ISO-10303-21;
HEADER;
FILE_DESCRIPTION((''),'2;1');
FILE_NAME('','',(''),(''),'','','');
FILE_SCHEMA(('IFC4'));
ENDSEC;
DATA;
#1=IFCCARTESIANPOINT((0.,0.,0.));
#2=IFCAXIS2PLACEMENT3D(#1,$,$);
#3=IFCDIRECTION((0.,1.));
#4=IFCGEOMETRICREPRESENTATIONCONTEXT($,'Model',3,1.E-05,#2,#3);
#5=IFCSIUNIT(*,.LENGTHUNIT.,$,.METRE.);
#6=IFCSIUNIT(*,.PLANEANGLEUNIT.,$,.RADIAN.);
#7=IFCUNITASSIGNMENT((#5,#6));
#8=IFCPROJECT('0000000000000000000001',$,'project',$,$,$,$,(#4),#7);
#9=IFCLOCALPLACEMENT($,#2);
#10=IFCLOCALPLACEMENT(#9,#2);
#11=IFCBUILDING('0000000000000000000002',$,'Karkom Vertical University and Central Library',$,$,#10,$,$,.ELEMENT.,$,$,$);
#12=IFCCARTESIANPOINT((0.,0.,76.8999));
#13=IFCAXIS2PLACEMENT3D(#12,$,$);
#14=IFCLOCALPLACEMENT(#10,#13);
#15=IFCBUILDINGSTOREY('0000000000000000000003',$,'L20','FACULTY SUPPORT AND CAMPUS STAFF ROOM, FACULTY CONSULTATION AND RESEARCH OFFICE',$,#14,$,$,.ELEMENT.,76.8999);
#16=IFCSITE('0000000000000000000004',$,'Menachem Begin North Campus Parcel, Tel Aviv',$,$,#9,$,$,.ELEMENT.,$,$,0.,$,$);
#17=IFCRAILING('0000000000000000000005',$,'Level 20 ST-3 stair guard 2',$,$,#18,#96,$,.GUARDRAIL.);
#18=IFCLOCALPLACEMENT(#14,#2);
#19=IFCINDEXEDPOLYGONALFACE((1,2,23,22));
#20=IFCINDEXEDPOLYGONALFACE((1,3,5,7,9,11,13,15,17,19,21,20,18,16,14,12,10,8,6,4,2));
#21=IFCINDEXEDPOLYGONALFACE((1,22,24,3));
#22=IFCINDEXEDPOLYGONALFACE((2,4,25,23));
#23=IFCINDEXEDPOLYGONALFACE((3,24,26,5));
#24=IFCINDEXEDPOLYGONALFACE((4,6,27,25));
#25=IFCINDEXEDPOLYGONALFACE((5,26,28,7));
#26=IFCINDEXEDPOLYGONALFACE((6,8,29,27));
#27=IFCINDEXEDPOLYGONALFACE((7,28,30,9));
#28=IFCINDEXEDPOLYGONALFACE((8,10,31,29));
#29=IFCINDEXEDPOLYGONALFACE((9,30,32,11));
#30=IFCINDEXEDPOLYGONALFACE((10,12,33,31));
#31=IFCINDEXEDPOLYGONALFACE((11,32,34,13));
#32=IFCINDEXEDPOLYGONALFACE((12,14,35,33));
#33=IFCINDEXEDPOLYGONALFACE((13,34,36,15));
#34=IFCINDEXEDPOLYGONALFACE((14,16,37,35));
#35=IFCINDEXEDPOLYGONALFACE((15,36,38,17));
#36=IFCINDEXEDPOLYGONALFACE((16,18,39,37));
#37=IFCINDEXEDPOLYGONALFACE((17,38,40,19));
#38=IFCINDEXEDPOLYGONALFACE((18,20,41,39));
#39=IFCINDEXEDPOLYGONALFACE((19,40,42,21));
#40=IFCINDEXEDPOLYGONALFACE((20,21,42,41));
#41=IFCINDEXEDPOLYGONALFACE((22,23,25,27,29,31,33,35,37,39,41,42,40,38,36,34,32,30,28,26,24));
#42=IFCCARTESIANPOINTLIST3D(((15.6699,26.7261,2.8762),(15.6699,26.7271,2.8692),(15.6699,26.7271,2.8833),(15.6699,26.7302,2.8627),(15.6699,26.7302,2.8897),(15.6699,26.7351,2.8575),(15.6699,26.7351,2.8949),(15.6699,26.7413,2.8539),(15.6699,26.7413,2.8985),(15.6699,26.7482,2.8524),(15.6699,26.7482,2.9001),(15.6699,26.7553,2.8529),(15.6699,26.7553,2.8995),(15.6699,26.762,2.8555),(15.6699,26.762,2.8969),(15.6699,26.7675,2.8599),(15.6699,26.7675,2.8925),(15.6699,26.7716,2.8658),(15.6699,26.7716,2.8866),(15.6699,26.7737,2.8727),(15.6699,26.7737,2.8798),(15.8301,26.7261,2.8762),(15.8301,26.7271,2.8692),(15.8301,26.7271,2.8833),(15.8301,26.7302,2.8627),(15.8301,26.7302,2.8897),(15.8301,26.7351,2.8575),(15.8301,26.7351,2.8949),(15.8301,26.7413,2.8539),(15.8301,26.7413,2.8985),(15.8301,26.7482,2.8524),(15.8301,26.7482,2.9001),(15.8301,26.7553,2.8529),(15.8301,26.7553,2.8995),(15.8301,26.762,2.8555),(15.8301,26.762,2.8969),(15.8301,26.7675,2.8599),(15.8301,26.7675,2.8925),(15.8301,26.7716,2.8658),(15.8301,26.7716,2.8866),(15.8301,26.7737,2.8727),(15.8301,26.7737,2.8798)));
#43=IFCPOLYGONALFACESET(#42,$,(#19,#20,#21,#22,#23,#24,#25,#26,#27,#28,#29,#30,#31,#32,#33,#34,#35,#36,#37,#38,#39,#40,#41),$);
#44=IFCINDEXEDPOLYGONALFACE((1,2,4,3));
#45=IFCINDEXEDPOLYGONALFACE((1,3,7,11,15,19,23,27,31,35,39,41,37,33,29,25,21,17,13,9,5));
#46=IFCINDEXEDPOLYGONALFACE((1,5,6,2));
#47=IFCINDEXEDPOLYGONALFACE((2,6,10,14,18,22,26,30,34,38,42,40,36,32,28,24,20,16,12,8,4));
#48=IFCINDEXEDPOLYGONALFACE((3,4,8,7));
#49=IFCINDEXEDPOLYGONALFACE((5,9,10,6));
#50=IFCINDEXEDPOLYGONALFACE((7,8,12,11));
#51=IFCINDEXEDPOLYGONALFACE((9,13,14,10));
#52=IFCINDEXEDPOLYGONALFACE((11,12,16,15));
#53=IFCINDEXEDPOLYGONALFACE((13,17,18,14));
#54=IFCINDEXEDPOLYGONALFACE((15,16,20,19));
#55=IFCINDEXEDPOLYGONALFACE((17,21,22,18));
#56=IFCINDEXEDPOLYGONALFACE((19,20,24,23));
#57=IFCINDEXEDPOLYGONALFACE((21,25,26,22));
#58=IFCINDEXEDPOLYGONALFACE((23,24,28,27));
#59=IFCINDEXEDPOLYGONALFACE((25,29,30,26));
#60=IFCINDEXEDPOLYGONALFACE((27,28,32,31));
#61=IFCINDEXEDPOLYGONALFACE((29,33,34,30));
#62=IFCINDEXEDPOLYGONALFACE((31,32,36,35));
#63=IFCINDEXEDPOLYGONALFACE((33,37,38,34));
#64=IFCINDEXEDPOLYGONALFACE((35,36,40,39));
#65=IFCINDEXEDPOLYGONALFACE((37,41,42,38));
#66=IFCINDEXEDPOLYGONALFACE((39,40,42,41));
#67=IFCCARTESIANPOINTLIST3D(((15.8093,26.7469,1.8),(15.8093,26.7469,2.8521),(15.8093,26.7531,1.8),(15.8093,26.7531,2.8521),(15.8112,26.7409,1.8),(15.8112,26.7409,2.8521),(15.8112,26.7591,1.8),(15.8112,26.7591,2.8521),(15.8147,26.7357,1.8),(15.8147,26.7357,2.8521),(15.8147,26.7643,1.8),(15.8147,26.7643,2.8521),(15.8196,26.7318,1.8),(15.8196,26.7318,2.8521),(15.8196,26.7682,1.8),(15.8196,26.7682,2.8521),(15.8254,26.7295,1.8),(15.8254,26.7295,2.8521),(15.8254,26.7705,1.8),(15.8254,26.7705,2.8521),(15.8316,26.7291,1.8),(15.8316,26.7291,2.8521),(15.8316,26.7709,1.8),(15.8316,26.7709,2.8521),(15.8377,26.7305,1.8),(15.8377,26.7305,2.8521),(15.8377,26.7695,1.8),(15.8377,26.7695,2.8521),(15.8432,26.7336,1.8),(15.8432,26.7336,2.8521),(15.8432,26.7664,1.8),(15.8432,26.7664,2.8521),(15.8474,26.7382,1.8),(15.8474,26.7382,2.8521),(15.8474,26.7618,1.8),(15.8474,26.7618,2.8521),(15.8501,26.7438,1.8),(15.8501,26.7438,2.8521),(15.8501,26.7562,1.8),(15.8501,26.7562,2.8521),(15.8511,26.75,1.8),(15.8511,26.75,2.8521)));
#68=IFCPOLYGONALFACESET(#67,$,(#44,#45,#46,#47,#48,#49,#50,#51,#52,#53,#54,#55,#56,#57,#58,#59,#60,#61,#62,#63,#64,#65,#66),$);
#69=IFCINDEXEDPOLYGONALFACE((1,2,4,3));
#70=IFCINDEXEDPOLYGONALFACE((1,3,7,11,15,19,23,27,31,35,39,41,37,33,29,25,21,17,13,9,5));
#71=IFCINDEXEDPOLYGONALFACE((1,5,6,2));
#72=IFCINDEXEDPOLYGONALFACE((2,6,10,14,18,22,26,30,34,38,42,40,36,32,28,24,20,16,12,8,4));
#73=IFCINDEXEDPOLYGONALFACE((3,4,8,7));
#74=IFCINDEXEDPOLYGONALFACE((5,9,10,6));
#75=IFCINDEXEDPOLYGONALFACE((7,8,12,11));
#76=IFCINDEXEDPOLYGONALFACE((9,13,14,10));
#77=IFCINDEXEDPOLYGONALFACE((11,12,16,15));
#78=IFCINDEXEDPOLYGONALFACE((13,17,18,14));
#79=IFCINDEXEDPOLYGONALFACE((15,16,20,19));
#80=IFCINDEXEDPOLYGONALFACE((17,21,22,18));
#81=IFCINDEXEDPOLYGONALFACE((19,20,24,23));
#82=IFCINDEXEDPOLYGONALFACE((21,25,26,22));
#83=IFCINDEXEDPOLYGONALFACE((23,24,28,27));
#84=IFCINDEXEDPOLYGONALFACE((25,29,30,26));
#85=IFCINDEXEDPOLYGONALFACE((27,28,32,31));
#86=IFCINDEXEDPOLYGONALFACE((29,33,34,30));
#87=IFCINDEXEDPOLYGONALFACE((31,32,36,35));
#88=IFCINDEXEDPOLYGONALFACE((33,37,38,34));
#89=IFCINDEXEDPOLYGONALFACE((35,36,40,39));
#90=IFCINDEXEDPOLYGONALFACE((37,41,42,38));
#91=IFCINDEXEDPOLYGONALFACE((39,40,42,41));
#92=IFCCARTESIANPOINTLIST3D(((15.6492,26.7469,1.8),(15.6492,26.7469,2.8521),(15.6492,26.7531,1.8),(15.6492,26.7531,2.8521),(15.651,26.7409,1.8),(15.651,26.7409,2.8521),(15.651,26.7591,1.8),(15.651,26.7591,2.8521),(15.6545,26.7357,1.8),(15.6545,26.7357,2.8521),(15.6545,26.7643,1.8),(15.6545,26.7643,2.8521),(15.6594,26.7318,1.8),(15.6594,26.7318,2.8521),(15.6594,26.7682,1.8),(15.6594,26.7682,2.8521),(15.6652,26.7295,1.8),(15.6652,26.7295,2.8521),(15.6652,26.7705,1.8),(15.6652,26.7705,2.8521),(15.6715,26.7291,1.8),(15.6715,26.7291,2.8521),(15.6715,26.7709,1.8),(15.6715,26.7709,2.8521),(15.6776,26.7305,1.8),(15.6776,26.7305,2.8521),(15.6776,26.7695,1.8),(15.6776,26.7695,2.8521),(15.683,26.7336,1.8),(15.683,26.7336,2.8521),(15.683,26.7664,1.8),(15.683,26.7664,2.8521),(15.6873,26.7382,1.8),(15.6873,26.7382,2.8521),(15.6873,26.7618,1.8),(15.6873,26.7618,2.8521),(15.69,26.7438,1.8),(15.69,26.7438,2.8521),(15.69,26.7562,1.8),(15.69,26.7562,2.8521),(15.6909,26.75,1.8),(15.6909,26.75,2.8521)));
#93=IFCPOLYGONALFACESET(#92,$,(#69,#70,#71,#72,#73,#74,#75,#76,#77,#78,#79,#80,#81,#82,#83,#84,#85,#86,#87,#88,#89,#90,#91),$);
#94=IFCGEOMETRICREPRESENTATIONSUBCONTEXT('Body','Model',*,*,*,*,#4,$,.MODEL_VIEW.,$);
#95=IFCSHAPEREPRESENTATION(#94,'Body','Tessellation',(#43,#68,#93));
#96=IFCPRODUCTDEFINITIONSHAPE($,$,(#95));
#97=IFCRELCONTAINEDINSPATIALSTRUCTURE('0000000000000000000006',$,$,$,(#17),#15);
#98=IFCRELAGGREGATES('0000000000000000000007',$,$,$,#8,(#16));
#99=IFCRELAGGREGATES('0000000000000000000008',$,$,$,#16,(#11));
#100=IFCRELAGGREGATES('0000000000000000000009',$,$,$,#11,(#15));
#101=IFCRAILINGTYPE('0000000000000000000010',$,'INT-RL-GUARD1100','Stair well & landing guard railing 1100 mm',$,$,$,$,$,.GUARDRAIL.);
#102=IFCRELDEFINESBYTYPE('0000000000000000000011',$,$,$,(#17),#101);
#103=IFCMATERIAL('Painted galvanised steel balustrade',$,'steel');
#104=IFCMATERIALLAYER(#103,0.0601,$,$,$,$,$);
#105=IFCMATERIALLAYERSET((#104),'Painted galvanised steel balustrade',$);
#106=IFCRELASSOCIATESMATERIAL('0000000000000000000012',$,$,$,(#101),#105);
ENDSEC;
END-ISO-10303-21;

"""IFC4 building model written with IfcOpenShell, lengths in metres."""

from ifc_helpers import new_model, si_unit, direction, frame, origin, origin_2d, place, context, subcontext, project, spatial, circle, extrude, material, layer, layer_set, type_object, element, save


model = new_model("IFC4")

# Units and contexts
model_context = context("Model", 3, precision=1e-05, world=origin(), true_north=direction((0.0, 1.0)))
body_context = subcontext(model_context, "Body", "Model", "MODEL_VIEW")
ifc_project = project(units=[si_unit("LENGTHUNIT", "METRE"), si_unit("PLANEANGLEUNIT", "RADIAN")], contexts=[model_context])

# Site, building, storey
site_placement = place(None, origin())
site = spatial("IfcSite", under=ifc_project, at=site_placement, Name="Menachem Begin North Campus Parcel, Tel Aviv", CompositionType="ELEMENT", RefElevation=0.0)
building_placement = place(site_placement, origin())
building = spatial("IfcBuilding", under=site, at=building_placement, Name="Karkom Vertical University and Central Library", CompositionType="ELEMENT")
storey_placement = place(building_placement, frame((0.0, 0.0, 76.8999)))
storey = spatial("IfcBuildingStorey", under=building, at=storey_placement, Name="L20", Description="FACULTY SUPPORT AND CAMPUS STAFF ROOM, FACULTY CONSULTATION AND RESEARCH OFFICE", CompositionType="ELEMENT", Elevation=76.8999)

# Railing
ifc_material_1 = material(Name="Painted galvanised steel balustrade", Category="steel")
ifc_layer_1 = layer(ifc_material_1, 0.0601)
ifc_layer_set_1 = layer_set([ifc_layer_1], Name="Painted galvanised steel balustrade")
railing_type_1 = type_object("IfcRailingType", Name="INT-RL-GUARD1100", Description="Stair well & landing guard railing 1100 mm", PredefinedType="GUARDRAIL", material=ifc_layer_set_1)
railing_1_placement = place(storey_placement, frame((15.8301, 26.75, 1.8)))
element("IfcRailing", 1, at=railing_1_placement, inside=storey, type_object=railing_type_1, Name="Level 20 ST-3 stair guard 2", PredefinedType="GUARDRAIL", context=body_context, shape_type="SweptSolid", body=[
    extrude(circle(Radius=0.0239, at=origin_2d()), frame((0.0, 0.0, 1.0762), z_axis=(-1.0, 0.0, 0.0), x_axis=(0.0, -1.0, 0.0)), (0.0, 0.0, 1.0), 0.1602),
    extrude(circle(Radius=0.021, at=origin_2d()), origin(), (0.0, 0.0, 1.0), 1.052),
    extrude(circle(Radius=0.021, at=origin_2d()), frame((-0.1602, 0.0, 0.0)), (0.0, 0.0, 1.0), 1.052),
])

save(model, "model.ifc")
